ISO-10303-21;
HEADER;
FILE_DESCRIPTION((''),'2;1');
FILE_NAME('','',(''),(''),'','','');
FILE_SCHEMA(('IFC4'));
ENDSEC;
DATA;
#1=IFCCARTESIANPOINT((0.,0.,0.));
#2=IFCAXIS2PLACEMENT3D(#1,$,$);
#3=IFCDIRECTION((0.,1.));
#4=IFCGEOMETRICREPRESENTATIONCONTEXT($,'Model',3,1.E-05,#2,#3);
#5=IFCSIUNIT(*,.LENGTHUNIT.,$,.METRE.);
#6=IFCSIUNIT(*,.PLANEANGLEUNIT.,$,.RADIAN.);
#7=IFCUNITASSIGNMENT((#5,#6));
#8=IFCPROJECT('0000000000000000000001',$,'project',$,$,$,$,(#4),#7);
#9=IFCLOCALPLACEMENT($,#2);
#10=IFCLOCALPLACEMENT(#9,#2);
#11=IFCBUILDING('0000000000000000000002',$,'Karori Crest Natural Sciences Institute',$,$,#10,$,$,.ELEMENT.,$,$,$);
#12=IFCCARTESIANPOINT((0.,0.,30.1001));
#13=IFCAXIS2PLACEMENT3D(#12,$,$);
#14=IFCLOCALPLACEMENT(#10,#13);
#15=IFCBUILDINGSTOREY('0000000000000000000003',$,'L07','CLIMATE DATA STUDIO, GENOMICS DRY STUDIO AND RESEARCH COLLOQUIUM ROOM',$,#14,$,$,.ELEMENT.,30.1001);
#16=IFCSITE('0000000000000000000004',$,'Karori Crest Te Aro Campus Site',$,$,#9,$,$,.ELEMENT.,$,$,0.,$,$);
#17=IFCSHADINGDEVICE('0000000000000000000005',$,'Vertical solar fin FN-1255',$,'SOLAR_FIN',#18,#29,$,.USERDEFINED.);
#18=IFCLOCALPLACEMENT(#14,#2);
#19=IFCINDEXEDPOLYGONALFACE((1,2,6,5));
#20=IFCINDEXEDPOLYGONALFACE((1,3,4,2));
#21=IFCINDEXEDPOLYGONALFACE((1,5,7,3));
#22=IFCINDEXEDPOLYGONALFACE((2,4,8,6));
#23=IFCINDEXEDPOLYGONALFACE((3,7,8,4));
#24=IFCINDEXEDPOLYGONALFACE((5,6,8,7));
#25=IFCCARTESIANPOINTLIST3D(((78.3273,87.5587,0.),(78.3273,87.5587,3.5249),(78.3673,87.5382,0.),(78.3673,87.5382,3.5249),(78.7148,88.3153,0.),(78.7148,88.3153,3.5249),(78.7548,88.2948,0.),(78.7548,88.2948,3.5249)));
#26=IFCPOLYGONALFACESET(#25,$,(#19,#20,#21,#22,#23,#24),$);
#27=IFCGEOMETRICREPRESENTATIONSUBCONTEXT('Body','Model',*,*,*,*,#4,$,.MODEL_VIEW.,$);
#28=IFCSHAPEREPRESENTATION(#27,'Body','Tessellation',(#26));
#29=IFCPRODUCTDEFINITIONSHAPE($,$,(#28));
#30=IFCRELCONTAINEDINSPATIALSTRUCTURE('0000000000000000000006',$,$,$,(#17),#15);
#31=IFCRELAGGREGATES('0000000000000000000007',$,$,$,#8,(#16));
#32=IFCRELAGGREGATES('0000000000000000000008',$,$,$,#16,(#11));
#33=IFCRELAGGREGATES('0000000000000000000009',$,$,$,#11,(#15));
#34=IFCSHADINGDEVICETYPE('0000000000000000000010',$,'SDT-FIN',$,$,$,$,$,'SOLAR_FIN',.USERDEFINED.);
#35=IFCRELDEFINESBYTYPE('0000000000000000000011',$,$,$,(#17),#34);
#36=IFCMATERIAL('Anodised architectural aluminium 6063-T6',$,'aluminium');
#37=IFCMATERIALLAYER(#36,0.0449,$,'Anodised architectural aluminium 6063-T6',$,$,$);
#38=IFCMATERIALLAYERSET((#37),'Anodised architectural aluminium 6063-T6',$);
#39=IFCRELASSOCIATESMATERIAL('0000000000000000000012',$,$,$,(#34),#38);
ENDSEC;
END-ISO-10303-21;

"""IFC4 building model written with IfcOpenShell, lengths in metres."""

from ifc_helpers import new_model, si_unit, direction, frame, origin, origin_2d, place, context, subcontext, project, spatial, rectangle, extrude, material, layer, layer_set, type_object, element, save


model = new_model("IFC4")

# Units and contexts
model_context = context("Model", 3, precision=1e-05, world=origin(), true_north=direction((0.0, 1.0)))
body_context = subcontext(model_context, "Body", "Model", "MODEL_VIEW")
ifc_project = project(units=[si_unit("LENGTHUNIT", "METRE"), si_unit("PLANEANGLEUNIT", "RADIAN")], contexts=[model_context])

# Site, building, storey
site_placement = place(None, origin())
site = spatial("IfcSite", under=ifc_project, at=site_placement, Name="Karori Crest Te Aro Campus Site", CompositionType="ELEMENT", RefElevation=0.0)
building_placement = place(site_placement, origin())
building = spatial("IfcBuilding", under=site, at=building_placement, Name="Karori Crest Natural Sciences Institute", CompositionType="ELEMENT")
storey_placement = place(building_placement, frame((0.0, 0.0, 30.1001)))
storey = spatial("IfcBuildingStorey", under=building, at=storey_placement, Name="L07", Description="CLIMATE DATA STUDIO, GENOMICS DRY STUDIO AND RESEARCH COLLOQUIUM ROOM", CompositionType="ELEMENT", Elevation=30.1001)

# Shared definitions
ifc_material_1 = material(Name="Anodised architectural aluminium 6063-T6", Category="aluminium")

# Shading device
ifc_layer_1 = layer(ifc_material_1, 0.0449, Name="Anodised architectural aluminium 6063-T6")
ifc_layer_set_1 = layer_set([ifc_layer_1], Name="Anodised architectural aluminium 6063-T6")
shading_device_type = type_object("IfcShadingDeviceType", Name="SDT-FIN", ElementType="SOLAR_FIN", PredefinedType="USERDEFINED", material=ifc_layer_set_1)
for number, where, z_axis, x_axis, name in (
    (1, (78.541, 87.9268, 0.0), (0.0, 0.0, 1.0), (0.455829, 0.890067, 0.0), "Vertical solar fin FN-1255"),
):
    element("IfcShadingDevice", number, at=place(storey_placement, frame(where, z_axis=z_axis, x_axis=x_axis)), inside=storey, type_object=shading_device_type, Name=name, ObjectType="SOLAR_FIN", PredefinedType="USERDEFINED", context=body_context, shape_type="SweptSolid", body=[
        extrude(rectangle(XDim=0.8501, YDim=0.0449, at=origin_2d()), origin(), (0.0, 0.0, 1.0), 3.5249),
    ])

save(model, "model.ifc")
